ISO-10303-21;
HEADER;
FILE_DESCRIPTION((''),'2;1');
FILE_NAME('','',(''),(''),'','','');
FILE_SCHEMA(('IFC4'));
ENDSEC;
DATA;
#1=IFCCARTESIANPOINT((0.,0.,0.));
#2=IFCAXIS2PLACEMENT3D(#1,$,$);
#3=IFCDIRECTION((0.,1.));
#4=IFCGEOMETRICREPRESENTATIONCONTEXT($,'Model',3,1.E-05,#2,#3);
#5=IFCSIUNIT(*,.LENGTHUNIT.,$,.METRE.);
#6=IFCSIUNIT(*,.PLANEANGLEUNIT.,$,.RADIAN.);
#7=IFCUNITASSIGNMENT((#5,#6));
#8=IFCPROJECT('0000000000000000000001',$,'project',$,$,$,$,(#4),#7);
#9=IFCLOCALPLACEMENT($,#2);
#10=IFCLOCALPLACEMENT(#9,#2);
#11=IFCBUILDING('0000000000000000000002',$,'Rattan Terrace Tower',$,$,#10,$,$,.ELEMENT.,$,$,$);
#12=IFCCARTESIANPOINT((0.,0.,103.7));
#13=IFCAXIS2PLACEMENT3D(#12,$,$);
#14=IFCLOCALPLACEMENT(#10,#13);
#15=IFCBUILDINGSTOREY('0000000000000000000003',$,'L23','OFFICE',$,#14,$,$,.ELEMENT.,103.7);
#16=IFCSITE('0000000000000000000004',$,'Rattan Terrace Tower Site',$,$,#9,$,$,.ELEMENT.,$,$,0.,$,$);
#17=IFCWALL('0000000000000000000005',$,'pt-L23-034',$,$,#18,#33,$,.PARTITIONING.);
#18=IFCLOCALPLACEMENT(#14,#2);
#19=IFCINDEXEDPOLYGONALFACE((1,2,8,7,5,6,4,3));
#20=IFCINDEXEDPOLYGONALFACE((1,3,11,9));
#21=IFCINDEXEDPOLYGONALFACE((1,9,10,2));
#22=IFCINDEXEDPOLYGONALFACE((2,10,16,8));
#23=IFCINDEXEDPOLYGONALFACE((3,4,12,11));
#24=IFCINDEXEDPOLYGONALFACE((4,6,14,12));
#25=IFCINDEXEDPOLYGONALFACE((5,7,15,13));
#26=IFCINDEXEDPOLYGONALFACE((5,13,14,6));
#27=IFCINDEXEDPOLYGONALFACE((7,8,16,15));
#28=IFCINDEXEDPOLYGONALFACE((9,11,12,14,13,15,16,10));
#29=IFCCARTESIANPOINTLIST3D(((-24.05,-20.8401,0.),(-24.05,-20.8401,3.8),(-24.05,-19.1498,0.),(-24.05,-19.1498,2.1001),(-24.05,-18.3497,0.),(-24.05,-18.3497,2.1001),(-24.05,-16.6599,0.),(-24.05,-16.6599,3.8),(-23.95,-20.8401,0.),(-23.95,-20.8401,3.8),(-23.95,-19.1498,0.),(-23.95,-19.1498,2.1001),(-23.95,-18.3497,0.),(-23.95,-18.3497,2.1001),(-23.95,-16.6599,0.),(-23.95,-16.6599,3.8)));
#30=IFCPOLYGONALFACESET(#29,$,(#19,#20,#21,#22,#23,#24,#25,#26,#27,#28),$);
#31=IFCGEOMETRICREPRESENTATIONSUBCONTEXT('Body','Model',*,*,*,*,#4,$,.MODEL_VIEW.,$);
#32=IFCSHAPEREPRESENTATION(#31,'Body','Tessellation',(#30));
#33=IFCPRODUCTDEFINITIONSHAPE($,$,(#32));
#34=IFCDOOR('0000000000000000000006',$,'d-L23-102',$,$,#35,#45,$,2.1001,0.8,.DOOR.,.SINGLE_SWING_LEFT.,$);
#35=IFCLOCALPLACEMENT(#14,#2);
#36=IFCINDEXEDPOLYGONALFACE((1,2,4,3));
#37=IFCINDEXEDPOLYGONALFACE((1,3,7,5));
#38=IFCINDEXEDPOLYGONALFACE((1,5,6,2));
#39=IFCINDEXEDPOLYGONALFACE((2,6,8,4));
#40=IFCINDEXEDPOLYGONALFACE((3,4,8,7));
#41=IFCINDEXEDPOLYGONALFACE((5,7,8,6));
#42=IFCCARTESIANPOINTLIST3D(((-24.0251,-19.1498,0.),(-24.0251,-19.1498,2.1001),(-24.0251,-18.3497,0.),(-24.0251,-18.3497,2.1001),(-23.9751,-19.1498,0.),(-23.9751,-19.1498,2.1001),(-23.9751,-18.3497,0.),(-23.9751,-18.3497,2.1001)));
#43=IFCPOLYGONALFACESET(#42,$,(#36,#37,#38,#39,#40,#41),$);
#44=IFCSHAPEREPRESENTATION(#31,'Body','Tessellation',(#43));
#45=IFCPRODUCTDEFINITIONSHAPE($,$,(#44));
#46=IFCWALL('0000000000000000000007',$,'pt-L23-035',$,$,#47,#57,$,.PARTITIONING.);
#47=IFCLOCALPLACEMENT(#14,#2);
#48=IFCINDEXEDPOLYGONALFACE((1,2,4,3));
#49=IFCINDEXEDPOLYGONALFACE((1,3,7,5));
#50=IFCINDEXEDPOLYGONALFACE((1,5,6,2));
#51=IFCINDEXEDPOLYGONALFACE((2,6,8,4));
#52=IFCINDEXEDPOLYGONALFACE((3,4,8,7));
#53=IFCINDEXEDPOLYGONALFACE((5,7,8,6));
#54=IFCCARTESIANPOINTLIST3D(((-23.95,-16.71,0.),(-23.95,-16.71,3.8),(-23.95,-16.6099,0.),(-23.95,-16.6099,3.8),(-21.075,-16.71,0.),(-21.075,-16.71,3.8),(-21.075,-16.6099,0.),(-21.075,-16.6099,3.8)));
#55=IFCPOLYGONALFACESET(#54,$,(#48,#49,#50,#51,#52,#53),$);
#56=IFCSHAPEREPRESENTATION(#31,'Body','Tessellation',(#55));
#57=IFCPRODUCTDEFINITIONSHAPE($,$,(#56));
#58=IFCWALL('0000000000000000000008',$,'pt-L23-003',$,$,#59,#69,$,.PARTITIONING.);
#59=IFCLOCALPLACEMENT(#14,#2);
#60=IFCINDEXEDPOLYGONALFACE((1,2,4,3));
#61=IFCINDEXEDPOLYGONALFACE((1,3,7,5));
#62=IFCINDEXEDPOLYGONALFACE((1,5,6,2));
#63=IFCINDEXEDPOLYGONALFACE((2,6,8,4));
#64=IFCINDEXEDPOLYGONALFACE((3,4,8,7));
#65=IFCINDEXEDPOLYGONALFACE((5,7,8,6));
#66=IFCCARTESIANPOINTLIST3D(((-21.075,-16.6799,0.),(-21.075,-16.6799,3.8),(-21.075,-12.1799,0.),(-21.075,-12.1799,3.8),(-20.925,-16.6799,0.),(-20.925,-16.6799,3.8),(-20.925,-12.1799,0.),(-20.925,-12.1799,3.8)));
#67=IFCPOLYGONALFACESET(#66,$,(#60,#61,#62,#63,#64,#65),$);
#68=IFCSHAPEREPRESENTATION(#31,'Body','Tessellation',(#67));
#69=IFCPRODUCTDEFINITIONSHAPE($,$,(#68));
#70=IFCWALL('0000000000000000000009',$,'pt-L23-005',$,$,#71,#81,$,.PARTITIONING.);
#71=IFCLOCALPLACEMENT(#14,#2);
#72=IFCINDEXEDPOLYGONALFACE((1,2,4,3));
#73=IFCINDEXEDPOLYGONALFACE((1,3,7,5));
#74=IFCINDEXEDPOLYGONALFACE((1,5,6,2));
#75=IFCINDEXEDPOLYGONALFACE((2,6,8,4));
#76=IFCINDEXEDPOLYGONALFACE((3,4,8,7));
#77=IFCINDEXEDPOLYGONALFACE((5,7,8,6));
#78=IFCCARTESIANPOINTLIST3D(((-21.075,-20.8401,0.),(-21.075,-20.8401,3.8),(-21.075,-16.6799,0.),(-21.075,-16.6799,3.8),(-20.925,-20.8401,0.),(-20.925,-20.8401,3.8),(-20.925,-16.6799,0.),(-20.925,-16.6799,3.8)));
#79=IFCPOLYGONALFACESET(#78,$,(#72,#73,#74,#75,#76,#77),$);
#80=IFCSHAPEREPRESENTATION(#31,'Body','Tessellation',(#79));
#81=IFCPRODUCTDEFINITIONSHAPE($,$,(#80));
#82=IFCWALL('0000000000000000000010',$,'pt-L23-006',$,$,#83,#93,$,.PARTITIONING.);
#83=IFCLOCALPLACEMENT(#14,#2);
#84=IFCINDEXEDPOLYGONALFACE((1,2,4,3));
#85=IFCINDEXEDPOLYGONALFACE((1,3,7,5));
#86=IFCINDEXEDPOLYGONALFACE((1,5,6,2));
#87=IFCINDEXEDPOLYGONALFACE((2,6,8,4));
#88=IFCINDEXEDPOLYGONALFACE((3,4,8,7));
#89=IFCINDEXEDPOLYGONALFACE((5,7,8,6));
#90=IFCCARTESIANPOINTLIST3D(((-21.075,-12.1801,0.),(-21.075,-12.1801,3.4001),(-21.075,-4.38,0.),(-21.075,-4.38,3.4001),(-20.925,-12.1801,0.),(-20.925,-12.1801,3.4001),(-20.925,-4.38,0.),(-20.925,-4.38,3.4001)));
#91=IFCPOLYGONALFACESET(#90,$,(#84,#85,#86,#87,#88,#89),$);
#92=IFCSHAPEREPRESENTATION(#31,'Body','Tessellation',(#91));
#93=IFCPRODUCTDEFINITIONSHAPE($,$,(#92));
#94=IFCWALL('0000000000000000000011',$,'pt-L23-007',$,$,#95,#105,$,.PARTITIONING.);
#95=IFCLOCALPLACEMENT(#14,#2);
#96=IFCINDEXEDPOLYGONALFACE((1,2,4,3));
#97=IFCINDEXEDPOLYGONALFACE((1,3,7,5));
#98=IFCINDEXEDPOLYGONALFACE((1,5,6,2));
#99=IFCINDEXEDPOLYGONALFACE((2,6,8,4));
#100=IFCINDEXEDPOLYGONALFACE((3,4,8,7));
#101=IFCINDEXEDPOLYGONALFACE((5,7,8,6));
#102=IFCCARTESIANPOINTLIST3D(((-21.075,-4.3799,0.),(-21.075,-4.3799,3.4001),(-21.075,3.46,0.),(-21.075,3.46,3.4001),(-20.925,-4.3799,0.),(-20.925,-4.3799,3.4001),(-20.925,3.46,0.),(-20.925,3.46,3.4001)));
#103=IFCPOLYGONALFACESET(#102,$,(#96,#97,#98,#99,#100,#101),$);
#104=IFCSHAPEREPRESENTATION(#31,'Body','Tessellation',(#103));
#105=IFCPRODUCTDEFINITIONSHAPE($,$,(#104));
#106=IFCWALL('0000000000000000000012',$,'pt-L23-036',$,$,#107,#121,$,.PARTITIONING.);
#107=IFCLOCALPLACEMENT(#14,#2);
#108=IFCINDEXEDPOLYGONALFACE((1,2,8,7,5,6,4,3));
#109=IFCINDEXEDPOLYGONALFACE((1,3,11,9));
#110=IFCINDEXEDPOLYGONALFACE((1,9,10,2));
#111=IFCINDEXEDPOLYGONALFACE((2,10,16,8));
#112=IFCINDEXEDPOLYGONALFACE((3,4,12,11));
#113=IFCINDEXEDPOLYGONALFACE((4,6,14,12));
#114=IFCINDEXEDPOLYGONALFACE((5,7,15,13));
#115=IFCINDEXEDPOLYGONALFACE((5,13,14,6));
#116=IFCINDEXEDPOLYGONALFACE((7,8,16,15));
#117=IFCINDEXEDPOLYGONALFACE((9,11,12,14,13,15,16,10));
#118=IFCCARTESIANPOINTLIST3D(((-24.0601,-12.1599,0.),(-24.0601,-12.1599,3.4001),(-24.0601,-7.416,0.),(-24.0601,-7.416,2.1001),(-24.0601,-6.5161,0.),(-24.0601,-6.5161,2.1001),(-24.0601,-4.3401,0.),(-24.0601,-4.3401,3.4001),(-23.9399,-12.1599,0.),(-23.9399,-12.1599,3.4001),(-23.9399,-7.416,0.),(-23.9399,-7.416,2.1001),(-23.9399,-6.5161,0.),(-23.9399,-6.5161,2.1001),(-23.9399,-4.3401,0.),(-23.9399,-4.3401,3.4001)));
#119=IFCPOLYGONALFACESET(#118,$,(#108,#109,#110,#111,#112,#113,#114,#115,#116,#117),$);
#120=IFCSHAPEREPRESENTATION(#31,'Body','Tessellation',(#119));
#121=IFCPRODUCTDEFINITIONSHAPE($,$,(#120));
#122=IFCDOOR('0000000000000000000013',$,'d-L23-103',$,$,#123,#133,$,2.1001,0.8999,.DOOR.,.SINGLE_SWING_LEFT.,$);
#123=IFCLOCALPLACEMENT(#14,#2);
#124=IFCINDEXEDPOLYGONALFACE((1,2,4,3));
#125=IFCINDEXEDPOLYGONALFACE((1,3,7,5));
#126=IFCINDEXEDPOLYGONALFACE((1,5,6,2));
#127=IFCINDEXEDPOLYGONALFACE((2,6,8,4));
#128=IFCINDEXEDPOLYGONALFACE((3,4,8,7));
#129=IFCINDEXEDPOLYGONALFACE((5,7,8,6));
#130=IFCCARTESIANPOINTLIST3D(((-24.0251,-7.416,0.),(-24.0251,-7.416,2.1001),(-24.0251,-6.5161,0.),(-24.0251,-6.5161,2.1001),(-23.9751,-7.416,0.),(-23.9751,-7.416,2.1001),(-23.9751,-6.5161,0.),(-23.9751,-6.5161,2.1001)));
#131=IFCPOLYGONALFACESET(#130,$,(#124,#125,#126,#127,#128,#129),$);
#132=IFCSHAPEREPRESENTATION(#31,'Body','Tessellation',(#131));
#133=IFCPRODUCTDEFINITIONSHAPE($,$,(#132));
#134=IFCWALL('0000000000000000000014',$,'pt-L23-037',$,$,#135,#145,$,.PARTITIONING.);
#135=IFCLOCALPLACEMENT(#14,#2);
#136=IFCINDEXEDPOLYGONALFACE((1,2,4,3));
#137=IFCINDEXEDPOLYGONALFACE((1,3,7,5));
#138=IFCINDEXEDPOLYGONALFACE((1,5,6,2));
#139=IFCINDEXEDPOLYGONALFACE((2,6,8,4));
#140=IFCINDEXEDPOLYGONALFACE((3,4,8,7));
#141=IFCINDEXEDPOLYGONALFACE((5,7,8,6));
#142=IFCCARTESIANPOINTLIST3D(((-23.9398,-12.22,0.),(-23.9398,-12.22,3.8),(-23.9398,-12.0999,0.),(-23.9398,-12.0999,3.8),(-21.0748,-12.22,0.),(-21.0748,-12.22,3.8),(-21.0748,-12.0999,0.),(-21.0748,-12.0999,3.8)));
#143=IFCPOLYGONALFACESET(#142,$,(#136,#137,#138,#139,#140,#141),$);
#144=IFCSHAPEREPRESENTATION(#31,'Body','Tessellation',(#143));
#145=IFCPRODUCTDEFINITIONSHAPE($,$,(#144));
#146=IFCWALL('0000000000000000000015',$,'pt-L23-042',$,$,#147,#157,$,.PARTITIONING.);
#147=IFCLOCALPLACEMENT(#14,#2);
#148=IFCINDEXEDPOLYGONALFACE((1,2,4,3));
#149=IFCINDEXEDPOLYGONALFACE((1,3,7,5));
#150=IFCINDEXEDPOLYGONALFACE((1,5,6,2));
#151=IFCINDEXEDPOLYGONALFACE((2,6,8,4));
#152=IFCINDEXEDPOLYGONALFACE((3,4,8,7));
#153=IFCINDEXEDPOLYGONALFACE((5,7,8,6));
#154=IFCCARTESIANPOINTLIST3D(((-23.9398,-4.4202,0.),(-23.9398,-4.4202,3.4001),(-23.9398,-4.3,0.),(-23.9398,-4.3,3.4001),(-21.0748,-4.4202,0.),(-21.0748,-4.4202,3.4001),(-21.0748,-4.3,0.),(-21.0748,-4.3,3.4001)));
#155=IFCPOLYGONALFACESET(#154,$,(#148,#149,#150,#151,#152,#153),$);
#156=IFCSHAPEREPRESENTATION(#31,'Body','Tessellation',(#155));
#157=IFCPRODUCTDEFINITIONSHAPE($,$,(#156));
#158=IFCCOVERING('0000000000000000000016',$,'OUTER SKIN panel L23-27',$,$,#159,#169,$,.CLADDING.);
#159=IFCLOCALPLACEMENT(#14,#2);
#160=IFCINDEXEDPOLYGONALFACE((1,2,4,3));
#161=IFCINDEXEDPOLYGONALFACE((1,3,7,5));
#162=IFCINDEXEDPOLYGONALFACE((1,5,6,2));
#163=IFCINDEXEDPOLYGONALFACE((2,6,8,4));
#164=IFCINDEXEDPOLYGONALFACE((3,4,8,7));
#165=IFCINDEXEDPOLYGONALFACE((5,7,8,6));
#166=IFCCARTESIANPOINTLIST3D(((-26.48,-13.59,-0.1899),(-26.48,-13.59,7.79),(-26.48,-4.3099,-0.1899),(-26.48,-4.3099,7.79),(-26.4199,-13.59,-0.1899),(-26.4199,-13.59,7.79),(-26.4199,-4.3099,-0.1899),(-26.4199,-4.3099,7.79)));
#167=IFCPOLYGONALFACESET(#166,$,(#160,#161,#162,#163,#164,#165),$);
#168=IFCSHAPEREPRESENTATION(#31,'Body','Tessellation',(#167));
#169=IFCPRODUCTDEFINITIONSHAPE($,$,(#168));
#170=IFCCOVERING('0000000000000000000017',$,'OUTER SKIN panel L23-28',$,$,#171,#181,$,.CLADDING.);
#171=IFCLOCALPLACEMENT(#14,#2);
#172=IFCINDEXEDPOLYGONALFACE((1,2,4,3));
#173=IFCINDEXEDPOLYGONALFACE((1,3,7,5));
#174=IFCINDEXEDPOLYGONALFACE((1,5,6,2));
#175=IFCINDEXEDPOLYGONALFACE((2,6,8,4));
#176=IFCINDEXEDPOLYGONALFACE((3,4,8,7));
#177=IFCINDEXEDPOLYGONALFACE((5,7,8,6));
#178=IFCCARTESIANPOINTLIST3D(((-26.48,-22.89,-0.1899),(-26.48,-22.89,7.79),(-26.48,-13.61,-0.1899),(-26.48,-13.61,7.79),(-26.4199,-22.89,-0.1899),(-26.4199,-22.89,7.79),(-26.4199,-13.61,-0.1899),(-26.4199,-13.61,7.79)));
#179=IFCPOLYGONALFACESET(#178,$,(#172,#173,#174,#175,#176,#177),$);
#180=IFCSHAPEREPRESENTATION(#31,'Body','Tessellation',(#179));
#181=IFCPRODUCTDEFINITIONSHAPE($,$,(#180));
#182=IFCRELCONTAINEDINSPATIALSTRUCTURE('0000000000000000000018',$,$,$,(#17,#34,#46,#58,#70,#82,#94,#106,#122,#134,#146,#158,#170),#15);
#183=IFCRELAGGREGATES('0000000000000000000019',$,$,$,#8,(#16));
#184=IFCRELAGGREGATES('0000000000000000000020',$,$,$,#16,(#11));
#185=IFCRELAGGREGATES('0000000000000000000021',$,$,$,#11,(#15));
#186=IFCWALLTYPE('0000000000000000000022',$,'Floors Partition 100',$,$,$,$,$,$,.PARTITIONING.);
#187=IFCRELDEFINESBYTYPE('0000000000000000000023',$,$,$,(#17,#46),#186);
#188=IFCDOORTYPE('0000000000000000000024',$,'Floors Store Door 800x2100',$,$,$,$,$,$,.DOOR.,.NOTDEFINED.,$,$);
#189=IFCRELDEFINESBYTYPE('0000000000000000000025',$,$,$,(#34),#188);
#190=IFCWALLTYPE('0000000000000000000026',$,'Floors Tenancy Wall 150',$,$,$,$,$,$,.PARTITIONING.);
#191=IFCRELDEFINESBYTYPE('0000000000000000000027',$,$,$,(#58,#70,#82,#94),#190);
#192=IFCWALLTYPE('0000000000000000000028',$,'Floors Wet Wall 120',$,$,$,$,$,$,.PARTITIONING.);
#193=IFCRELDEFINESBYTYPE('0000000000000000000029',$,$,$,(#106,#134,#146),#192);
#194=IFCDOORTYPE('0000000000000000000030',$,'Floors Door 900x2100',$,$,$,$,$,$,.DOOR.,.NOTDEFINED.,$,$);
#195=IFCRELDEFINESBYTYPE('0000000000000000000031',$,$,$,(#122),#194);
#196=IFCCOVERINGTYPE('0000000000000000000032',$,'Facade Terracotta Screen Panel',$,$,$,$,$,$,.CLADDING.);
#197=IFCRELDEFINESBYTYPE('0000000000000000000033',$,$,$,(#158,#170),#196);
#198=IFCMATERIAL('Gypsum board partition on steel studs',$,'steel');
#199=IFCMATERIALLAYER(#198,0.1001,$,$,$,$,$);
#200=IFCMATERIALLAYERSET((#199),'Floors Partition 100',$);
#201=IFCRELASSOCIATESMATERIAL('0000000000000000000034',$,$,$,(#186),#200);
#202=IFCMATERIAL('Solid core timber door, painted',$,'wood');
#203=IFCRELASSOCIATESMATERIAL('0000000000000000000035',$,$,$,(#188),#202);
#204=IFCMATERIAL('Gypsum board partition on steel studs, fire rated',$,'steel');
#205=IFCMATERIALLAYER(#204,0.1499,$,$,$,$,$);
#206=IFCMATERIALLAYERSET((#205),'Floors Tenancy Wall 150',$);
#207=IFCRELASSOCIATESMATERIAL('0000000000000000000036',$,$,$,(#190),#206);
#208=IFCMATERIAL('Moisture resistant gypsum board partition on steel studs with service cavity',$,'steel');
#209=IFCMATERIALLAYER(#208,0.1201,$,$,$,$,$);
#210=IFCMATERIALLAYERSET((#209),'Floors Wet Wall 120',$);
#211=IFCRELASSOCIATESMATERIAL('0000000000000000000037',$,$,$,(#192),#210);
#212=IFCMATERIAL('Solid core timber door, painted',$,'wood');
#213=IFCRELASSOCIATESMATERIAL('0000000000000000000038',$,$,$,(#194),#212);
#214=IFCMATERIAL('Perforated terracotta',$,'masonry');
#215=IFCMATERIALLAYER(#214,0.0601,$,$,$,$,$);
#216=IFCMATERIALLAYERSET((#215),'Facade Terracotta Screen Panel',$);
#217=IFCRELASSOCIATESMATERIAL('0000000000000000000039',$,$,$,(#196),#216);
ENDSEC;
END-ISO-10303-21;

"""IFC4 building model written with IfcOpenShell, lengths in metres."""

from ifc_helpers import new_model, si_unit, direction, frame, frame_2d, origin, origin_2d, place, context, subcontext, project, spatial, rectangle, extrude, material, layer, layer_set, type_object, element, fill, save


model = new_model("IFC4")

# Units and contexts
model_context = context("Model", 3, precision=1e-05, world=origin(), true_north=direction((0.0, 1.0)))
body_context = subcontext(model_context, "Body", "Model", "MODEL_VIEW")
ifc_project = project(units=[si_unit("LENGTHUNIT", "METRE"), si_unit("PLANEANGLEUNIT", "RADIAN")], contexts=[model_context])

# Site, building, storey
site_placement = place(None, origin())
site = spatial("IfcSite", under=ifc_project, at=site_placement, Name="Rattan Terrace Tower Site", CompositionType="ELEMENT", RefElevation=0.0)
building_placement = place(site_placement, origin())
building = spatial("IfcBuilding", under=site, at=building_placement, Name="Rattan Terrace Tower", CompositionType="ELEMENT")
storey_placement = place(building_placement, frame((0.0, 0.0, 103.7)))
storey = spatial("IfcBuildingStorey", under=building, at=storey_placement, Name="L23", Description="OFFICE", CompositionType="ELEMENT", Elevation=103.7)

# Wall, opening, door
ifc_material_1 = material(Name="Gypsum board partition on steel studs", Category="steel")
ifc_layer_1 = layer(ifc_material_1, 0.1001)
ifc_layer_set_1 = layer_set([ifc_layer_1], Name="Floors Partition 100")
wall_type_1 = type_object("IfcWallType", Name="Floors Partition 100", PredefinedType="PARTITIONING", material=ifc_layer_set_1)
wall_1_placement = place(storey_placement, frame((-24.0, -16.6599, 0.0), z_axis=(0.0, 0.0, 1.0), x_axis=(0.0, -1.0, 0.0)))
wall_1 = element("IfcWall", 1, at=wall_1_placement, inside=storey, type_object=wall_type_1, Name="pt-L23-034", PredefinedType="PARTITIONING", context=body_context, shape_type="SweptSolid", body=[
    extrude(rectangle(XDim=4.1802, YDim=0.1001, at=frame_2d((2.0901, 0.0))), origin(), (0.0, 0.0, 1.0), 3.8),
])
opening_1_placement = place(wall_1_placement, frame((1.6899, 0.0, 0.0)))
opening_1 = element("IfcOpeningElement", 2, at=opening_1_placement, cuts=wall_1, PredefinedType="OPENING", context=body_context, shape_type="SweptSolid", body=[
    extrude(rectangle(XDim=0.8, YDim=2.1001, at=frame_2d((0.3999, 1.05))), frame((0.0, 0.0605, 0.0), z_axis=(0.0, -1.0, 0.0), x_axis=(1.0, 0.0, 0.0)), (0.0, 0.0, 1.0), 0.1211),
])
ifc_material_2 = material(Name="Solid core timber door, painted", Category="wood")
door_type_1 = type_object("IfcDoorType", Name="Floors Store Door 800x2100", OperationType="NOTDEFINED", PredefinedType="DOOR", material=ifc_material_2)
door_1_placement = place(opening_1_placement, origin())
door_1 = element("IfcDoor", 3, at=door_1_placement, inside=storey, type_object=door_type_1, Name="d-L23-102", OperationType="SINGLE_SWING_LEFT", OverallHeight=2.1001, OverallWidth=0.8, PredefinedType="DOOR", context=body_context, shape_type="SweptSolid", body=[
    extrude(rectangle(XDim=0.8, YDim=2.1001, at=frame_2d((0.3999, 1.05))), frame((0.0, 0.0249, 0.0), z_axis=(0.0, -1.0, 0.0), x_axis=(1.0, 0.0, 0.0)), (0.0, 0.0, 1.0), 0.05),
])
fill(opening_1, door_1)

# Walls
wall_2_placement = place(storey_placement, frame((-21.075, -16.6599, 0.0), z_axis=(0.0, 0.0, 1.0), x_axis=(-1.0, 0.0, 0.0)))
element("IfcWall", 4, at=wall_2_placement, inside=storey, type_object=wall_type_1, Name="pt-L23-035", PredefinedType="PARTITIONING", context=body_context, shape_type="SweptSolid", body=[
    extrude(rectangle(XDim=2.875, YDim=0.1001, at=frame_2d((1.4375, 0.0))), origin(), (0.0, 0.0, 1.0), 3.8),
])
ifc_material_3 = material(Name="Gypsum board partition on steel studs, fire rated", Category="steel")
ifc_layer_2 = layer(ifc_material_3, 0.1499)
ifc_layer_set_2 = layer_set([ifc_layer_2], Name="Floors Tenancy Wall 150")
wall_type_2 = type_object("IfcWallType", Name="Floors Tenancy Wall 150", PredefinedType="PARTITIONING", material=ifc_layer_set_2)
wall_3_placement = place(storey_placement, frame((-21.0, -16.6799, 0.0), z_axis=(0.0, 0.0, 1.0), x_axis=(0.0, 1.0, 0.0)))
element("IfcWall", 5, at=wall_3_placement, inside=storey, type_object=wall_type_2, Name="pt-L23-003", PredefinedType="PARTITIONING", context=body_context, shape_type="SweptSolid", body=[
    extrude(rectangle(XDim=4.5, YDim=0.1499, at=frame_2d((2.25, 0.0))), origin(), (0.0, 0.0, 1.0), 3.8),
])
wall_4_placement = place(storey_placement, frame((-21.0, -20.8401, 0.0), z_axis=(0.0, 0.0, 1.0), x_axis=(0.0, 1.0, 0.0)))
element("IfcWall", 6, at=wall_4_placement, inside=storey, type_object=wall_type_2, Name="pt-L23-005", PredefinedType="PARTITIONING", context=body_context, shape_type="SweptSolid", body=[
    extrude(rectangle(XDim=4.1602, YDim=0.1499, at=frame_2d((2.0801, 0.0))), origin(), (0.0, 0.0, 1.0), 3.8),
])
wall_5_placement = place(storey_placement, frame((-21.0, -12.1799, 0.0), z_axis=(0.0, 0.0, 1.0), x_axis=(0.0, 1.0, 0.0)))
element("IfcWall", 7, at=wall_5_placement, inside=storey, type_object=wall_type_2, Name="pt-L23-006", PredefinedType="PARTITIONING", context=body_context, shape_type="SweptSolid", body=[
    extrude(rectangle(XDim=7.8, YDim=0.1499, at=frame_2d((3.8999, 0.0))), origin(), (0.0, 0.0, 1.0), 3.4001),
])
wall_6_placement = place(storey_placement, frame((-21.0, -4.3799, 0.0), z_axis=(0.0, 0.0, 1.0), x_axis=(0.0, 1.0, 0.0)))
element("IfcWall", 8, at=wall_6_placement, inside=storey, type_object=wall_type_2, Name="pt-L23-007", PredefinedType="PARTITIONING", context=body_context, shape_type="SweptSolid", body=[
    extrude(rectangle(XDim=7.8398, YDim=0.1499, at=frame_2d((3.9199, 0.0))), origin(), (0.0, 0.0, 1.0), 3.4001),
])

# Wall, opening, door
ifc_material_4 = material(Name="Moisture resistant gypsum board partition on steel studs with service cavity", Category="steel")
ifc_layer_3 = layer(ifc_material_4, 0.1201)
ifc_layer_set_3 = layer_set([ifc_layer_3], Name="Floors Wet Wall 120")
wall_type_3 = type_object("IfcWallType", Name="Floors Wet Wall 120", PredefinedType="PARTITIONING", material=ifc_layer_set_3)
wall_7_placement = place(storey_placement, frame((-24.0, -4.3401, 0.0), z_axis=(0.0, 0.0, 1.0), x_axis=(0.0, -1.0, 0.0)))
wall_7 = element("IfcWall", 9, at=wall_7_placement, inside=storey, type_object=wall_type_3, Name="pt-L23-036", PredefinedType="PARTITIONING", context=body_context, shape_type="SweptSolid", body=[
    extrude(rectangle(XDim=7.8198, YDim=0.1201, at=frame_2d((3.9099, 0.0))), origin(), (0.0, 0.0, 1.0), 3.4001),
])
opening_2_placement = place(wall_7_placement, frame((2.176, 0.0, 0.0)))
opening_2 = element("IfcOpeningElement", 10, at=opening_2_placement, cuts=wall_7, PredefinedType="OPENING", context=body_context, shape_type="SweptSolid", body=[
    extrude(rectangle(XDim=0.8999, YDim=2.1001, at=frame_2d((0.45, 1.05))), frame((0.0, 0.0706, 0.0), z_axis=(0.0, -1.0, 0.0), x_axis=(1.0, 0.0, 0.0)), (0.0, 0.0, 1.0), 0.1411),
])
ifc_material_5 = material(Name="Solid core timber door, painted", Category="wood")
door_type_2 = type_object("IfcDoorType", Name="Floors Door 900x2100", OperationType="NOTDEFINED", PredefinedType="DOOR", material=ifc_material_5)
door_2_placement = place(opening_2_placement, origin())
door_2 = element("IfcDoor", 11, at=door_2_placement, inside=storey, type_object=door_type_2, Name="d-L23-103", OperationType="SINGLE_SWING_LEFT", OverallHeight=2.1001, OverallWidth=0.8999, PredefinedType="DOOR", context=body_context, shape_type="SweptSolid", body=[
    extrude(rectangle(XDim=0.8999, YDim=2.1001, at=frame_2d((0.45, 1.05))), frame((0.0, 0.0249, 0.0), z_axis=(0.0, -1.0, 0.0), x_axis=(1.0, 0.0, 0.0)), (0.0, 0.0, 1.0), 0.05),
])
fill(opening_2, door_2)

# Walls
wall_8_placement = place(storey_placement, frame((-23.9399, -12.1599, 0.0), z_axis=(0.0, 0.0, 1.0), x_axis=(1.0, 0.0, 0.0)))
element("IfcWall", 12, at=wall_8_placement, inside=storey, type_object=wall_type_3, Name="pt-L23-037", PredefinedType="PARTITIONING", context=body_context, shape_type="SweptSolid", body=[
    extrude(rectangle(XDim=2.865, YDim=0.1201, at=frame_2d((1.4326, 0.0))), origin(), (0.0, 0.0, 1.0), 3.8),
])
wall_9_placement = place(storey_placement, frame((-23.9399, -4.3601, 0.0), z_axis=(0.0, 0.0, 1.0), x_axis=(1.0, 0.0, 0.0)))
element("IfcWall", 13, at=wall_9_placement, inside=storey, type_object=wall_type_3, Name="pt-L23-042", PredefinedType="PARTITIONING", context=body_context, shape_type="SweptSolid", body=[
    extrude(rectangle(XDim=2.865, YDim=0.1201, at=frame_2d((1.4326, 0.0))), origin(), (0.0, 0.0, 1.0), 3.4001),
])

# Coverings
ifc_material_6 = material(Name="Perforated terracotta", Category="masonry")
ifc_layer_4 = layer(ifc_material_6, 0.0601)
ifc_layer_set_4 = layer_set([ifc_layer_4], Name="Facade Terracotta Screen Panel")
covering_type = type_object("IfcCoveringType", Name="Facade Terracotta Screen Panel", PredefinedType="CLADDING", material=ifc_layer_set_4)
for number, where, z_axis, x_axis, name in (
    (14, (-26.45, -8.95, -0.1899), (0.0, 0.0, 1.0), (0.0, -1.0, 0.0), "OUTER SKIN panel L23-27"),
    (15, (-26.45, -18.25, -0.1899), (0.0, 0.0, 1.0), (0.0, -1.0, 0.0), "OUTER SKIN panel L23-28"),
):
    element("IfcCovering", number, at=place(storey_placement, frame(where, z_axis=z_axis, x_axis=x_axis)), inside=storey, type_object=covering_type, Name=name, PredefinedType="CLADDING", context=body_context, shape_type="SweptSolid", body=[
        extrude(rectangle(XDim=9.28, YDim=0.0601, at=origin_2d()), origin(), (0.0, 0.0, 1.0), 7.98),
    ])

save(model, "model.ifc")
